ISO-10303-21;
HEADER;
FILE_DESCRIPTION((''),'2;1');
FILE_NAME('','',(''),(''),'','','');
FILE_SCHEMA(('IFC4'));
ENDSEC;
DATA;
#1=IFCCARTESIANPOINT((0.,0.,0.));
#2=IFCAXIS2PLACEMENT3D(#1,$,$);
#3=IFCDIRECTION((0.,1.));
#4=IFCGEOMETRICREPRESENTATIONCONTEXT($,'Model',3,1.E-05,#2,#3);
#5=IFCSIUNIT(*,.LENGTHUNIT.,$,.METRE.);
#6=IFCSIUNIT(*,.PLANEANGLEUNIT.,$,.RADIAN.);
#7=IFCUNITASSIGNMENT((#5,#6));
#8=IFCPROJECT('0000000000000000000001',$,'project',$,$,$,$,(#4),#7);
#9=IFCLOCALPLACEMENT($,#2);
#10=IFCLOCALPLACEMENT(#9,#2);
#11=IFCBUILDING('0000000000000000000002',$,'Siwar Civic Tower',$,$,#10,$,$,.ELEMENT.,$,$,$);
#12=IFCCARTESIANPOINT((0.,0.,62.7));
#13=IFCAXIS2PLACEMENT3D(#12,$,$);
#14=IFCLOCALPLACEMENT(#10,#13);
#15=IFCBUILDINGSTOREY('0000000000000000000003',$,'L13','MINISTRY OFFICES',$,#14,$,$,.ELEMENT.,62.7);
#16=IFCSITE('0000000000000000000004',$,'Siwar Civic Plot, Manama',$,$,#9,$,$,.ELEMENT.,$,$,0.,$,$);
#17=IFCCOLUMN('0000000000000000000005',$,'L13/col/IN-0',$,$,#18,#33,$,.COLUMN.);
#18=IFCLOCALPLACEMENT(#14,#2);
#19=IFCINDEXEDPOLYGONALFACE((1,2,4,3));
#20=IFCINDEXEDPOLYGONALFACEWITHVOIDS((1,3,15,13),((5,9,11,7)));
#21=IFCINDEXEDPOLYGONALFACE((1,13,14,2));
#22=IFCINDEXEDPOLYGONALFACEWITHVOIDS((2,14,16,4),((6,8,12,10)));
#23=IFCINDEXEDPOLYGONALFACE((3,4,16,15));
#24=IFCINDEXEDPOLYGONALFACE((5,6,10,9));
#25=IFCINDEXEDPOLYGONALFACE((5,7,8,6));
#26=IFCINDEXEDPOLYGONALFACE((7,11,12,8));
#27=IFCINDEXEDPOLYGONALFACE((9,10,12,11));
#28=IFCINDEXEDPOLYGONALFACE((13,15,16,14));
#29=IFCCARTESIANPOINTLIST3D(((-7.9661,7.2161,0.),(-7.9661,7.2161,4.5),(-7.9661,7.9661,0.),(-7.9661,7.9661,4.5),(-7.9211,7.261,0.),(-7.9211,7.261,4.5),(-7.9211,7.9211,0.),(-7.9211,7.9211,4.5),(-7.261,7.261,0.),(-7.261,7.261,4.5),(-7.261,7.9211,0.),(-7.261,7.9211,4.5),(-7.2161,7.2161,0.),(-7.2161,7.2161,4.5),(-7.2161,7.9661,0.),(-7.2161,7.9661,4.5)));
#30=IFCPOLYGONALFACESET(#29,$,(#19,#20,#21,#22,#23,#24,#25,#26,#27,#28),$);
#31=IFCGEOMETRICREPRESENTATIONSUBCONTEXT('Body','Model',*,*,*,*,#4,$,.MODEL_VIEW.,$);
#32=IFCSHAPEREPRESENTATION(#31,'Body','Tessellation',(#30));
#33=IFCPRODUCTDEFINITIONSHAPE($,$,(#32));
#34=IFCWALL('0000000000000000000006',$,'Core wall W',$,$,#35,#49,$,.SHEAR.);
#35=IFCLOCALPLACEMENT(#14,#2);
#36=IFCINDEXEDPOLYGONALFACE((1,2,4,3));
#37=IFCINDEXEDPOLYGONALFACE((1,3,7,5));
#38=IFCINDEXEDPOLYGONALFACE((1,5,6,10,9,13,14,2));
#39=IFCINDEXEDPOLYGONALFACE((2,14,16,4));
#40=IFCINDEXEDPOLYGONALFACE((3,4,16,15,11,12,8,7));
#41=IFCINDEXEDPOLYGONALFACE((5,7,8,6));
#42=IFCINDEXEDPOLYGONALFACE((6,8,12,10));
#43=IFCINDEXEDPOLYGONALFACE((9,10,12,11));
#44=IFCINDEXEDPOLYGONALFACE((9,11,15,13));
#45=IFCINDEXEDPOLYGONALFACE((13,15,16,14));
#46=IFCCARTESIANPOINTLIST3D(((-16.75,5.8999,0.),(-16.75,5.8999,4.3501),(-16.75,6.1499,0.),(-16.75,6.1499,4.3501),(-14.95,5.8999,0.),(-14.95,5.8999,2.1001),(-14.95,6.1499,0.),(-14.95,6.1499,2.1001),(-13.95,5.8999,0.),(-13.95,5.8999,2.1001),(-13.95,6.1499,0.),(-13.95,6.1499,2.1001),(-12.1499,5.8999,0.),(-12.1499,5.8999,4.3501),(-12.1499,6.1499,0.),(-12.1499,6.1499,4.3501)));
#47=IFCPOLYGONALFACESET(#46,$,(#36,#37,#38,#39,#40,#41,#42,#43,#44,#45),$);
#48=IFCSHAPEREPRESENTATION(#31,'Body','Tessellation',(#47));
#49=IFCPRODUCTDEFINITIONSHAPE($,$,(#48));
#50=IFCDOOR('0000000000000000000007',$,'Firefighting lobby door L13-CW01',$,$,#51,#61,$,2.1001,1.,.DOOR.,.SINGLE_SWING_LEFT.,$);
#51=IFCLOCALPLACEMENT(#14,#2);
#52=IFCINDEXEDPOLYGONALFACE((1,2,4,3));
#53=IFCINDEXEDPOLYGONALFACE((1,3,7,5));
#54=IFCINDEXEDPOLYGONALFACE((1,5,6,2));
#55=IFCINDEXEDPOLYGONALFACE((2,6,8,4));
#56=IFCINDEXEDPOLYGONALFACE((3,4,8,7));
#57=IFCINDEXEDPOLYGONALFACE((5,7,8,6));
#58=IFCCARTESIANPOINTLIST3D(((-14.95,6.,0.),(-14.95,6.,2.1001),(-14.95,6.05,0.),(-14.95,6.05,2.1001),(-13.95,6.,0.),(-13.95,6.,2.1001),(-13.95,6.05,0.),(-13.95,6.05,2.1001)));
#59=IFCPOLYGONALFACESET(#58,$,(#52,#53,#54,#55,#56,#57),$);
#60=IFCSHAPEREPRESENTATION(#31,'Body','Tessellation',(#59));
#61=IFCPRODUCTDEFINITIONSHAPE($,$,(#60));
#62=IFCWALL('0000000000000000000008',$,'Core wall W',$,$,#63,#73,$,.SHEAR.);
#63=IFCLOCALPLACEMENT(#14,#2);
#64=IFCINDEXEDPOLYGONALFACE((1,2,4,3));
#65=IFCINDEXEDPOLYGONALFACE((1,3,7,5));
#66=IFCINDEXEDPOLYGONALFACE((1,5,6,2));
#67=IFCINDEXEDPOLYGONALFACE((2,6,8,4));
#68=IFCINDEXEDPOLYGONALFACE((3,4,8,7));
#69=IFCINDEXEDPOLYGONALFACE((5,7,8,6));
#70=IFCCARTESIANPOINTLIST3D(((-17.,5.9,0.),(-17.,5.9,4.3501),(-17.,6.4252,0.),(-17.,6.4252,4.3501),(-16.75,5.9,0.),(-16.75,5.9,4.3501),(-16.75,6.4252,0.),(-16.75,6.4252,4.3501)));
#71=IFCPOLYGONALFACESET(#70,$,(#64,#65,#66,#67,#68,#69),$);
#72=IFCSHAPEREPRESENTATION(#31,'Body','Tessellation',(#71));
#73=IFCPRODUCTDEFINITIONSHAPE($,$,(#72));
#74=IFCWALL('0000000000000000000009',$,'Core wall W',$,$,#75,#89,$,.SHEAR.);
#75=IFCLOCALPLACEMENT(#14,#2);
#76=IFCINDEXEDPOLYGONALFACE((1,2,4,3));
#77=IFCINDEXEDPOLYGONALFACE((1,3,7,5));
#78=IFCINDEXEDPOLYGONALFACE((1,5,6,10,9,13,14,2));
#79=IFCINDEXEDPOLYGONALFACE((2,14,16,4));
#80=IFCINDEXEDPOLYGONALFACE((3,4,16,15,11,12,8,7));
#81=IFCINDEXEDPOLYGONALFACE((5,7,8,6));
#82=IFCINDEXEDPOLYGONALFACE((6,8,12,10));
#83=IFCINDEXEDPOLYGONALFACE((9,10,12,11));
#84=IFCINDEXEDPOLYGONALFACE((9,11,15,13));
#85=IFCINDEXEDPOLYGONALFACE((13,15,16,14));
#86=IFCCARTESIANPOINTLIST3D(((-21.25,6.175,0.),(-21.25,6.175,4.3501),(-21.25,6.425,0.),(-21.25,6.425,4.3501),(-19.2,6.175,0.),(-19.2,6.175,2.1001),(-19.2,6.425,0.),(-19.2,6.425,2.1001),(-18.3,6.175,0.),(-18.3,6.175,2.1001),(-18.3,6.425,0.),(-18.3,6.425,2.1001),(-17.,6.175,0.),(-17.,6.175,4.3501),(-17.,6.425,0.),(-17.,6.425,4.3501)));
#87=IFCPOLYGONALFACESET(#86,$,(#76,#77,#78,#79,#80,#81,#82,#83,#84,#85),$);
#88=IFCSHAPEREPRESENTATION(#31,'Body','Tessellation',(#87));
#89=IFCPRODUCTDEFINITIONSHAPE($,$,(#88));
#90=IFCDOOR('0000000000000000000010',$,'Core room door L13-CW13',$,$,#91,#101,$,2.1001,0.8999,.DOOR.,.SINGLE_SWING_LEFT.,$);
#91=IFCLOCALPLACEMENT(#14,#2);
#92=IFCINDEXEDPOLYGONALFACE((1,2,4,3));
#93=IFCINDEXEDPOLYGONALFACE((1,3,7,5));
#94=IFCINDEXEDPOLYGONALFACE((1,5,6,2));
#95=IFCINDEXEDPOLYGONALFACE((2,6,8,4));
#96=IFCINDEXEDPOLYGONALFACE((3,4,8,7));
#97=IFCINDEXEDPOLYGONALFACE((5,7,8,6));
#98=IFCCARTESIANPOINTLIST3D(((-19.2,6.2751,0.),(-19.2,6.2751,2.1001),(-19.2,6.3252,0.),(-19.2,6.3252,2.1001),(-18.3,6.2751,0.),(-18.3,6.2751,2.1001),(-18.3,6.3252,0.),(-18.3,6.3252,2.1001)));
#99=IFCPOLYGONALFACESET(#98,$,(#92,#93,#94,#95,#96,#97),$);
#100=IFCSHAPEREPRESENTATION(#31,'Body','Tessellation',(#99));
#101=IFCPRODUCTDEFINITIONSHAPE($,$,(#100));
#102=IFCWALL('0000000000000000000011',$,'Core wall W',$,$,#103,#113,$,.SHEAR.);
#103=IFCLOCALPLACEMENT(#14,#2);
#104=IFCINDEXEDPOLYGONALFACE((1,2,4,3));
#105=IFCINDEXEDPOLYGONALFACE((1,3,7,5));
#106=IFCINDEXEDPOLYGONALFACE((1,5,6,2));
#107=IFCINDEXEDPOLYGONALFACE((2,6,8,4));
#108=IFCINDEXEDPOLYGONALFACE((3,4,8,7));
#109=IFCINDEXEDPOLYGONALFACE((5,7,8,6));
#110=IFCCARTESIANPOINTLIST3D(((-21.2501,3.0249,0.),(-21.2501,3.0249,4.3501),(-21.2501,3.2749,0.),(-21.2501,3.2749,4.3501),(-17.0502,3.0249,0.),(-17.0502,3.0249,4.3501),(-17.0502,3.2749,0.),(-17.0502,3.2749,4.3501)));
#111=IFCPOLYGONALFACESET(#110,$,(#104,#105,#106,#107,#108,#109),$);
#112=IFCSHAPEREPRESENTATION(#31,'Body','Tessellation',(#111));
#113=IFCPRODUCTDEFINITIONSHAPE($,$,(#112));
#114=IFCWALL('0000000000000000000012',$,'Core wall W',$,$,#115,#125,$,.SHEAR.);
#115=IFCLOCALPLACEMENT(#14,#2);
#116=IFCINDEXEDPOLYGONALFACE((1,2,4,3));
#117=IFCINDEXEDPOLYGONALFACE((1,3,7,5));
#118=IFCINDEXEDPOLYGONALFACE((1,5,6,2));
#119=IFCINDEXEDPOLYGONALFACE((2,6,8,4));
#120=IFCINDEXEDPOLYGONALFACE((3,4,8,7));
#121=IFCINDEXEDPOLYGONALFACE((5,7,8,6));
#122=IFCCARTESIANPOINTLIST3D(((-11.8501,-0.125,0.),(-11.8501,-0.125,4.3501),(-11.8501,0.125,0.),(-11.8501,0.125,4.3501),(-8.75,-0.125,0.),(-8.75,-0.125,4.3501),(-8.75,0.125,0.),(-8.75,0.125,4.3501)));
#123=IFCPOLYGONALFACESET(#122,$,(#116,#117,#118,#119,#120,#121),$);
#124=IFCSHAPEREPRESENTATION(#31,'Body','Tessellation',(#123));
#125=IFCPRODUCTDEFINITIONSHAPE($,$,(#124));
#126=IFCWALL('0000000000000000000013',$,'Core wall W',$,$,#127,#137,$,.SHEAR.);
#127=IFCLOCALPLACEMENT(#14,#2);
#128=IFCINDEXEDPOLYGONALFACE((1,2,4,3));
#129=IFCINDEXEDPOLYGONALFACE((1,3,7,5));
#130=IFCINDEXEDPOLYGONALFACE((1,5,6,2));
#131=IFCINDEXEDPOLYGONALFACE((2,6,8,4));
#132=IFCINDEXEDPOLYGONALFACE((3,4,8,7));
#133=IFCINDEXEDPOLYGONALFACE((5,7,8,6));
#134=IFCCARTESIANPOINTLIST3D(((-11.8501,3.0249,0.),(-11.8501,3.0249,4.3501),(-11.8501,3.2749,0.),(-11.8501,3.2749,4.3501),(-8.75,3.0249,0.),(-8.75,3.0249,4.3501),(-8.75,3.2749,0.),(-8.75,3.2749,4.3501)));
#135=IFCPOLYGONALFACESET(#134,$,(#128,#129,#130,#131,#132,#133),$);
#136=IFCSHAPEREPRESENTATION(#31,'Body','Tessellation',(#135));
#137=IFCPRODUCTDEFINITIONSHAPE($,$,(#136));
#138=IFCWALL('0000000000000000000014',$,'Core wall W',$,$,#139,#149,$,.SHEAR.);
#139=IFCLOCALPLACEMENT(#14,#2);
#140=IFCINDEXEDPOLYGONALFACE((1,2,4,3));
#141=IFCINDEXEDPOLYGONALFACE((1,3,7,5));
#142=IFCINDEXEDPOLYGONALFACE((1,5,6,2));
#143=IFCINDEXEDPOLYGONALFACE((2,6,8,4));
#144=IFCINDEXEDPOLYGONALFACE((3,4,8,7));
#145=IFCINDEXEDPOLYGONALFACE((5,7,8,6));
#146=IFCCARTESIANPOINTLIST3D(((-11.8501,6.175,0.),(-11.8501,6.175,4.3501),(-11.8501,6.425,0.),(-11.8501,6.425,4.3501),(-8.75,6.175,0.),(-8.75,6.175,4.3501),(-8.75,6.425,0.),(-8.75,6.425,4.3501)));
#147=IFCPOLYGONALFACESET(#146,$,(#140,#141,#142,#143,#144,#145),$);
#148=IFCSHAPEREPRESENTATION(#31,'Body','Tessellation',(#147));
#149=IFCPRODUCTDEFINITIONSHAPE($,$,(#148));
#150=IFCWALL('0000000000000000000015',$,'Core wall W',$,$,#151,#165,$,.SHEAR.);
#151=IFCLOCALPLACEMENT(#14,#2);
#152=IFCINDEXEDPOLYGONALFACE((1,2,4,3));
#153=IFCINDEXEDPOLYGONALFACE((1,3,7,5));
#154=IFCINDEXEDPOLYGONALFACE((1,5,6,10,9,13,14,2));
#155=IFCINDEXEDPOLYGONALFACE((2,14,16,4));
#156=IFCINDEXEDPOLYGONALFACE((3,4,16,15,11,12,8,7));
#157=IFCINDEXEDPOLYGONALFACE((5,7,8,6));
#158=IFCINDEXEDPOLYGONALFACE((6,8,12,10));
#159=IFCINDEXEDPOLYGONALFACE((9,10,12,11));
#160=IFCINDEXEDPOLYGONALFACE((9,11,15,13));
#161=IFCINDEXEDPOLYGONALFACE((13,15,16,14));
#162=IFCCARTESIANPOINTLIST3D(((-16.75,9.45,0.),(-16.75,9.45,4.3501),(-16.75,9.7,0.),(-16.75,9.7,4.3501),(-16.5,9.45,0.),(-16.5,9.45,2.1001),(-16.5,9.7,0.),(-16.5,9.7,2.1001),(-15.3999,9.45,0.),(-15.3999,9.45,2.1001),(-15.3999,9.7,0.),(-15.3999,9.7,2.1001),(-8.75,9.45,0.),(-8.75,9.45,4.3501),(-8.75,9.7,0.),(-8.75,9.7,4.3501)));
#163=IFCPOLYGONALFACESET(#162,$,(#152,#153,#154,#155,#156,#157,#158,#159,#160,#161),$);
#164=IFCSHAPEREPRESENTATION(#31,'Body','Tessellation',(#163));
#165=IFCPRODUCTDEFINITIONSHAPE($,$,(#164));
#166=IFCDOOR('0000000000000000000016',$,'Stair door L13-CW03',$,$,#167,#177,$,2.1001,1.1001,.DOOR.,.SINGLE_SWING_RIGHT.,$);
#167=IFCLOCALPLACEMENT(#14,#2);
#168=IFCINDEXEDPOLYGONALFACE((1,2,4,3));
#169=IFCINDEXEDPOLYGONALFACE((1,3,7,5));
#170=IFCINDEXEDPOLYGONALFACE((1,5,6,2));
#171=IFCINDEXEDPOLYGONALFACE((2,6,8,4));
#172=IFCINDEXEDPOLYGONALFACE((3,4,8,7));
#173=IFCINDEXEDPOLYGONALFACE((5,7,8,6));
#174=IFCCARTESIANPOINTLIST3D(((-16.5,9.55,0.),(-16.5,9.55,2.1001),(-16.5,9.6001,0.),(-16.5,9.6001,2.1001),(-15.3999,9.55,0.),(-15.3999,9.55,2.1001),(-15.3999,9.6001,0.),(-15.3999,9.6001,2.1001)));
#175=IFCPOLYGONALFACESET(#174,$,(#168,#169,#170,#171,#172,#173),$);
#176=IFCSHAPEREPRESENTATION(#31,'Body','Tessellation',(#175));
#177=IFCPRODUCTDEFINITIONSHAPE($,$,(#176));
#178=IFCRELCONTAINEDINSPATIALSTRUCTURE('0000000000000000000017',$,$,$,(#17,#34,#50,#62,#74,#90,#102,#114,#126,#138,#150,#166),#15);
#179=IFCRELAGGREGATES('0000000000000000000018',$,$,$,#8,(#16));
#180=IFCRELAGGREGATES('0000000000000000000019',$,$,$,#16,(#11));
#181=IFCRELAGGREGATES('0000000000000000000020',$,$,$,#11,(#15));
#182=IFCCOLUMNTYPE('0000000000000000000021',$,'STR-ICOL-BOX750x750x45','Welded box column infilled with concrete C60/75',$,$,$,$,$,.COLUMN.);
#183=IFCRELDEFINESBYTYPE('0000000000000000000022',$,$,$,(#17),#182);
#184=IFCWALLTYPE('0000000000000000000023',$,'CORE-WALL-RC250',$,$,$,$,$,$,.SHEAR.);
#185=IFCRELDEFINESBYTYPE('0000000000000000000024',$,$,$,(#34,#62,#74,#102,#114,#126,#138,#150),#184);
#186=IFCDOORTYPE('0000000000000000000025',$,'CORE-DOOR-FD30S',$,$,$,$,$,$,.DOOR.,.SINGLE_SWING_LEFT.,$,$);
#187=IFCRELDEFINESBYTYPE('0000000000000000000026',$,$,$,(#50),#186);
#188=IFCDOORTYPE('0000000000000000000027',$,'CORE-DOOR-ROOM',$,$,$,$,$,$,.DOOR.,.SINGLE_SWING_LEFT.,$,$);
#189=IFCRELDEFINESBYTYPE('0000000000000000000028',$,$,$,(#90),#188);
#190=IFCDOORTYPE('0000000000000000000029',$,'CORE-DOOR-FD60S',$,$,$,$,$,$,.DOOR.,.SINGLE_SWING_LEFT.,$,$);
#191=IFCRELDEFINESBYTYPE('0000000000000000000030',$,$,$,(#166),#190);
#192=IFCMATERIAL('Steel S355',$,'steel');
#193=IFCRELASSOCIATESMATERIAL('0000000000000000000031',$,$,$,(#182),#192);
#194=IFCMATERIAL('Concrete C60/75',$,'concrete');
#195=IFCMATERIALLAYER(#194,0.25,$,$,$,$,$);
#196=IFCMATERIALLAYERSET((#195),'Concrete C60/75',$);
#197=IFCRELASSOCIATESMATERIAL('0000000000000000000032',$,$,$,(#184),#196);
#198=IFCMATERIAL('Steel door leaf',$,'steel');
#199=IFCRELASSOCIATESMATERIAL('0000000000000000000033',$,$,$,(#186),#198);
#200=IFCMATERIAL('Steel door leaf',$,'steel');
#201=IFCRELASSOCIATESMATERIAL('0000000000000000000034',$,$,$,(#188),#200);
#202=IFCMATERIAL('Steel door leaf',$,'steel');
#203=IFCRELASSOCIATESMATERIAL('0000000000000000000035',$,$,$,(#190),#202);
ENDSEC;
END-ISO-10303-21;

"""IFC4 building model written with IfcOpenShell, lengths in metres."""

from ifc_helpers import new_model, si_unit, direction, frame, frame_2d, origin, origin_2d, place, context, subcontext, project, spatial, rectangle, hollow_rectangle, extrude, material, layer, layer_set, material_profile, profile_set, type_object, element, fill, save


model = new_model("IFC4")

# Units and contexts
model_context = context("Model", 3, precision=1e-05, world=origin(), true_north=direction((0.0, 1.0)))
body_context = subcontext(model_context, "Body", "Model", "MODEL_VIEW")
ifc_project = project(units=[si_unit("LENGTHUNIT", "METRE"), si_unit("PLANEANGLEUNIT", "RADIAN")], contexts=[model_context])

# Site, building, storey
site_placement = place(None, origin())
site = spatial("IfcSite", under=ifc_project, at=site_placement, Name="Siwar Civic Plot, Manama", CompositionType="ELEMENT", RefElevation=0.0)
building_placement = place(site_placement, origin())
building = spatial("IfcBuilding", under=site, at=building_placement, Name="Siwar Civic Tower", CompositionType="ELEMENT")
storey_placement = place(building_placement, frame((0.0, 0.0, 62.7)))
storey = spatial("IfcBuildingStorey", under=building, at=storey_placement, Name="L13", Description="MINISTRY OFFICES", CompositionType="ELEMENT", Elevation=62.7)

# Column
ifc_material_1 = material(Name="Steel S355", Category="steel")
ifc_material_profile = material_profile(ifc_material_1, hollow_rectangle(XDim=0.75, YDim=0.75, WallThickness=0.0449, at=origin_2d()), Name="BOX750x750x45")
ifc_profile_set = profile_set([ifc_material_profile], Name="Steel S355")
column_type = type_object("IfcColumnType", Name="STR-ICOL-BOX750x750x45", Description="Welded box column infilled with concrete C60/75", PredefinedType="COLUMN", material=ifc_profile_set)
column_placement = place(storey_placement, frame((-7.5911, 7.5911, 0.0), z_axis=(0.0, 0.0, 1.0), x_axis=(1.0, 0.0, 0.0)))
element("IfcColumn", 1, at=column_placement, inside=storey, type_object=column_type, Name="L13/col/IN-0", PredefinedType="COLUMN", context=body_context, shape_type="SweptSolid", body=[
    extrude(hollow_rectangle(XDim=0.75, YDim=0.75, WallThickness=0.0449, at=origin_2d()), origin(), (0.0, 0.0, 1.0), 4.5),
])

# Wall, opening, door
ifc_material_2 = material(Name="Concrete C60/75", Category="concrete")
ifc_layer_1 = layer(ifc_material_2, 0.25)
ifc_layer_set_1 = layer_set([ifc_layer_1], Name="Concrete C60/75")
wall_type_1 = type_object("IfcWallType", Name="CORE-WALL-RC250", PredefinedType="SHEAR", material=ifc_layer_set_1)
wall_1_placement = place(storey_placement, frame((-12.1499, 6.0249, 0.0), z_axis=(0.0, 0.0, 1.0), x_axis=(-1.0, 0.0, 0.0)))
wall_1 = element("IfcWall", 2, at=wall_1_placement, inside=storey, type_object=wall_type_1, Name="Core wall W", PredefinedType="SHEAR", context=body_context, shape_type="SweptSolid", body=[
    extrude(rectangle(XDim=4.6001, YDim=0.25, at=frame_2d((2.3, 0.0))), origin(), (0.0, 0.0, 1.0), 4.3501),
])
opening_1_placement = place(wall_1_placement, frame((1.8, 0.0, 0.0)))
opening_1 = element("IfcOpeningElement", 3, at=opening_1_placement, cuts=wall_1, PredefinedType="OPENING", context=body_context, shape_type="SweptSolid", body=[
    extrude(rectangle(XDim=1.0, YDim=2.1001, at=frame_2d((0.5, 1.05))), frame((0.0, 0.135, 0.0), z_axis=(0.0, -1.0, 0.0), x_axis=(1.0, 0.0, 0.0)), (0.0, 0.0, 1.0), 0.27),
])
ifc_material_3 = material(Name="Steel door leaf", Category="steel")
door_type_1 = type_object("IfcDoorType", Name="CORE-DOOR-FD30S", OperationType="SINGLE_SWING_LEFT", PredefinedType="DOOR", material=ifc_material_3)
door_1_placement = place(opening_1_placement, origin())
door_1 = element("IfcDoor", 4, at=door_1_placement, inside=storey, type_object=door_type_1, Name="Firefighting lobby door L13-CW01", OperationType="SINGLE_SWING_LEFT", OverallHeight=2.1001, OverallWidth=1.0, PredefinedType="DOOR", context=body_context, shape_type="SweptSolid", body=[
    extrude(rectangle(XDim=1.0, YDim=2.1001, at=frame_2d((0.5, 1.05))), frame((0.0, 0.0249, 0.0), z_axis=(0.0, -1.0, 0.0), x_axis=(1.0, 0.0, 0.0)), (0.0, 0.0, 1.0), 0.05),
])
fill(opening_1, door_1)

# Wall
wall_2_placement = place(storey_placement, frame((-16.875, 5.8999, 0.0), z_axis=(0.0, 0.0, 1.0), x_axis=(0.0, 1.0, 0.0)))
element("IfcWall", 5, at=wall_2_placement, inside=storey, type_object=wall_type_1, Name="Core wall W", PredefinedType="SHEAR", context=body_context, shape_type="SweptSolid", body=[
    extrude(rectangle(XDim=0.5251, YDim=0.25, at=frame_2d((0.2627, 0.0))), origin(), (0.0, 0.0, 1.0), 4.3501),
])

# Wall, opening, door
wall_3_placement = place(storey_placement, frame((-17.0, 6.3, 0.0), z_axis=(0.0, 0.0, 1.0), x_axis=(-1.0, 0.0, 0.0)))
wall_3 = element("IfcWall", 6, at=wall_3_placement, inside=storey, type_object=wall_type_1, Name="Core wall W", PredefinedType="SHEAR", context=body_context, shape_type="SweptSolid", body=[
    extrude(rectangle(XDim=4.25, YDim=0.25, at=frame_2d((2.125, 0.0))), origin(), (0.0, 0.0, 1.0), 4.3501),
])
opening_2_placement = place(wall_3_placement, frame((1.3, 0.0, 0.0)))
opening_2 = element("IfcOpeningElement", 7, at=opening_2_placement, cuts=wall_3, PredefinedType="OPENING", context=body_context, shape_type="SweptSolid", body=[
    extrude(rectangle(XDim=0.8999, YDim=2.1001, at=frame_2d((0.45, 1.05))), frame((0.0, 0.135, 0.0), z_axis=(0.0, -1.0, 0.0), x_axis=(1.0, 0.0, 0.0)), (0.0, 0.0, 1.0), 0.27),
])
ifc_material_4 = material(Name="Steel door leaf", Category="steel")
door_type_2 = type_object("IfcDoorType", Name="CORE-DOOR-ROOM", OperationType="SINGLE_SWING_LEFT", PredefinedType="DOOR", material=ifc_material_4)
door_2_placement = place(opening_2_placement, origin())
door_2 = element("IfcDoor", 8, at=door_2_placement, inside=storey, type_object=door_type_2, Name="Core room door L13-CW13", OperationType="SINGLE_SWING_LEFT", OverallHeight=2.1001, OverallWidth=0.8999, PredefinedType="DOOR", context=body_context, shape_type="SweptSolid", body=[
    extrude(rectangle(XDim=0.8999, YDim=2.1001, at=frame_2d((0.45, 1.05))), frame((0.0, 0.0249, 0.0), z_axis=(0.0, -1.0, 0.0), x_axis=(1.0, 0.0, 0.0)), (0.0, 0.0, 1.0), 0.05),
])
fill(opening_2, door_2)

# Walls
wall_4_placement = place(storey_placement, frame((-17.05, 3.1499, 0.0), z_axis=(0.0, 0.0, 1.0), x_axis=(-1.0, 0.0, 0.0)))
element("IfcWall", 9, at=wall_4_placement, inside=storey, type_object=wall_type_1, Name="Core wall W", PredefinedType="SHEAR", context=body_context, shape_type="SweptSolid", body=[
    extrude(rectangle(XDim=4.2, YDim=0.25, at=frame_2d((2.1001, 0.0))), origin(), (0.0, 0.0, 1.0), 4.3501),
])
for number, where, z_axis, x_axis, name in (
    (10, (-8.75, 0.0, 0.0), (0.0, 0.0, 1.0), (-1.0, 0.0, 0.0), "Core wall W"),
    (11, (-8.75, 3.1499, 0.0), (0.0, 0.0, 1.0), (-1.0, 0.0, 0.0), "Core wall W"),
    (12, (-8.75, 6.3, 0.0), (0.0, 0.0, 1.0), (-1.0, 0.0, 0.0), "Core wall W"),
):
    element("IfcWall", number, at=place(storey_placement, frame(where, z_axis=z_axis, x_axis=x_axis)), inside=storey, type_object=wall_type_1, Name=name, PredefinedType="SHEAR", context=body_context, shape_type="SweptSolid", body=[
        extrude(rectangle(XDim=3.1001, YDim=0.25, at=frame_2d((1.55, 0.0))), origin(), (0.0, 0.0, 1.0), 4.3501),
    ])

# Wall, opening, door
wall_5_placement = place(storey_placement, frame((-8.75, 9.575, 0.0), z_axis=(0.0, 0.0, 1.0), x_axis=(-1.0, 0.0, 0.0)))
wall_5 = element("IfcWall", 13, at=wall_5_placement, inside=storey, type_object=wall_type_1, Name="Core wall W", PredefinedType="SHEAR", context=body_context, shape_type="SweptSolid", body=[
    extrude(rectangle(XDim=8.0, YDim=0.25, at=frame_2d((4.0, 0.0))), origin(), (0.0, 0.0, 1.0), 4.3501),
])
opening_3_placement = place(wall_5_placement, frame((6.6499, 0.0, 0.0)))
opening_3 = element("IfcOpeningElement", 14, at=opening_3_placement, cuts=wall_5, PredefinedType="OPENING", context=body_context, shape_type="SweptSolid", body=[
    extrude(rectangle(XDim=1.1001, YDim=2.1001, at=frame_2d((0.55, 1.05))), frame((0.0, 0.135, 0.0), z_axis=(0.0, -1.0, 0.0), x_axis=(1.0, 0.0, 0.0)), (0.0, 0.0, 1.0), 0.27),
])
ifc_material_5 = material(Name="Steel door leaf", Category="steel")
door_type_3 = type_object("IfcDoorType", Name="CORE-DOOR-FD60S", OperationType="SINGLE_SWING_LEFT", PredefinedType="DOOR", material=ifc_material_5)
door_3_placement = place(opening_3_placement, origin())
door_3 = element("IfcDoor", 15, at=door_3_placement, inside=storey, type_object=door_type_3, Name="Stair door L13-CW03", OperationType="SINGLE_SWING_RIGHT", OverallHeight=2.1001, OverallWidth=1.1001, PredefinedType="DOOR", context=body_context, shape_type="SweptSolid", body=[
    extrude(rectangle(XDim=1.1001, YDim=2.1001, at=frame_2d((0.55, 1.05))), frame((0.0, 0.0249, 0.0), z_axis=(0.0, -1.0, 0.0), x_axis=(1.0, 0.0, 0.0)), (0.0, 0.0, 1.0), 0.05),
])
fill(opening_3, door_3)

save(model, "model.ifc")
